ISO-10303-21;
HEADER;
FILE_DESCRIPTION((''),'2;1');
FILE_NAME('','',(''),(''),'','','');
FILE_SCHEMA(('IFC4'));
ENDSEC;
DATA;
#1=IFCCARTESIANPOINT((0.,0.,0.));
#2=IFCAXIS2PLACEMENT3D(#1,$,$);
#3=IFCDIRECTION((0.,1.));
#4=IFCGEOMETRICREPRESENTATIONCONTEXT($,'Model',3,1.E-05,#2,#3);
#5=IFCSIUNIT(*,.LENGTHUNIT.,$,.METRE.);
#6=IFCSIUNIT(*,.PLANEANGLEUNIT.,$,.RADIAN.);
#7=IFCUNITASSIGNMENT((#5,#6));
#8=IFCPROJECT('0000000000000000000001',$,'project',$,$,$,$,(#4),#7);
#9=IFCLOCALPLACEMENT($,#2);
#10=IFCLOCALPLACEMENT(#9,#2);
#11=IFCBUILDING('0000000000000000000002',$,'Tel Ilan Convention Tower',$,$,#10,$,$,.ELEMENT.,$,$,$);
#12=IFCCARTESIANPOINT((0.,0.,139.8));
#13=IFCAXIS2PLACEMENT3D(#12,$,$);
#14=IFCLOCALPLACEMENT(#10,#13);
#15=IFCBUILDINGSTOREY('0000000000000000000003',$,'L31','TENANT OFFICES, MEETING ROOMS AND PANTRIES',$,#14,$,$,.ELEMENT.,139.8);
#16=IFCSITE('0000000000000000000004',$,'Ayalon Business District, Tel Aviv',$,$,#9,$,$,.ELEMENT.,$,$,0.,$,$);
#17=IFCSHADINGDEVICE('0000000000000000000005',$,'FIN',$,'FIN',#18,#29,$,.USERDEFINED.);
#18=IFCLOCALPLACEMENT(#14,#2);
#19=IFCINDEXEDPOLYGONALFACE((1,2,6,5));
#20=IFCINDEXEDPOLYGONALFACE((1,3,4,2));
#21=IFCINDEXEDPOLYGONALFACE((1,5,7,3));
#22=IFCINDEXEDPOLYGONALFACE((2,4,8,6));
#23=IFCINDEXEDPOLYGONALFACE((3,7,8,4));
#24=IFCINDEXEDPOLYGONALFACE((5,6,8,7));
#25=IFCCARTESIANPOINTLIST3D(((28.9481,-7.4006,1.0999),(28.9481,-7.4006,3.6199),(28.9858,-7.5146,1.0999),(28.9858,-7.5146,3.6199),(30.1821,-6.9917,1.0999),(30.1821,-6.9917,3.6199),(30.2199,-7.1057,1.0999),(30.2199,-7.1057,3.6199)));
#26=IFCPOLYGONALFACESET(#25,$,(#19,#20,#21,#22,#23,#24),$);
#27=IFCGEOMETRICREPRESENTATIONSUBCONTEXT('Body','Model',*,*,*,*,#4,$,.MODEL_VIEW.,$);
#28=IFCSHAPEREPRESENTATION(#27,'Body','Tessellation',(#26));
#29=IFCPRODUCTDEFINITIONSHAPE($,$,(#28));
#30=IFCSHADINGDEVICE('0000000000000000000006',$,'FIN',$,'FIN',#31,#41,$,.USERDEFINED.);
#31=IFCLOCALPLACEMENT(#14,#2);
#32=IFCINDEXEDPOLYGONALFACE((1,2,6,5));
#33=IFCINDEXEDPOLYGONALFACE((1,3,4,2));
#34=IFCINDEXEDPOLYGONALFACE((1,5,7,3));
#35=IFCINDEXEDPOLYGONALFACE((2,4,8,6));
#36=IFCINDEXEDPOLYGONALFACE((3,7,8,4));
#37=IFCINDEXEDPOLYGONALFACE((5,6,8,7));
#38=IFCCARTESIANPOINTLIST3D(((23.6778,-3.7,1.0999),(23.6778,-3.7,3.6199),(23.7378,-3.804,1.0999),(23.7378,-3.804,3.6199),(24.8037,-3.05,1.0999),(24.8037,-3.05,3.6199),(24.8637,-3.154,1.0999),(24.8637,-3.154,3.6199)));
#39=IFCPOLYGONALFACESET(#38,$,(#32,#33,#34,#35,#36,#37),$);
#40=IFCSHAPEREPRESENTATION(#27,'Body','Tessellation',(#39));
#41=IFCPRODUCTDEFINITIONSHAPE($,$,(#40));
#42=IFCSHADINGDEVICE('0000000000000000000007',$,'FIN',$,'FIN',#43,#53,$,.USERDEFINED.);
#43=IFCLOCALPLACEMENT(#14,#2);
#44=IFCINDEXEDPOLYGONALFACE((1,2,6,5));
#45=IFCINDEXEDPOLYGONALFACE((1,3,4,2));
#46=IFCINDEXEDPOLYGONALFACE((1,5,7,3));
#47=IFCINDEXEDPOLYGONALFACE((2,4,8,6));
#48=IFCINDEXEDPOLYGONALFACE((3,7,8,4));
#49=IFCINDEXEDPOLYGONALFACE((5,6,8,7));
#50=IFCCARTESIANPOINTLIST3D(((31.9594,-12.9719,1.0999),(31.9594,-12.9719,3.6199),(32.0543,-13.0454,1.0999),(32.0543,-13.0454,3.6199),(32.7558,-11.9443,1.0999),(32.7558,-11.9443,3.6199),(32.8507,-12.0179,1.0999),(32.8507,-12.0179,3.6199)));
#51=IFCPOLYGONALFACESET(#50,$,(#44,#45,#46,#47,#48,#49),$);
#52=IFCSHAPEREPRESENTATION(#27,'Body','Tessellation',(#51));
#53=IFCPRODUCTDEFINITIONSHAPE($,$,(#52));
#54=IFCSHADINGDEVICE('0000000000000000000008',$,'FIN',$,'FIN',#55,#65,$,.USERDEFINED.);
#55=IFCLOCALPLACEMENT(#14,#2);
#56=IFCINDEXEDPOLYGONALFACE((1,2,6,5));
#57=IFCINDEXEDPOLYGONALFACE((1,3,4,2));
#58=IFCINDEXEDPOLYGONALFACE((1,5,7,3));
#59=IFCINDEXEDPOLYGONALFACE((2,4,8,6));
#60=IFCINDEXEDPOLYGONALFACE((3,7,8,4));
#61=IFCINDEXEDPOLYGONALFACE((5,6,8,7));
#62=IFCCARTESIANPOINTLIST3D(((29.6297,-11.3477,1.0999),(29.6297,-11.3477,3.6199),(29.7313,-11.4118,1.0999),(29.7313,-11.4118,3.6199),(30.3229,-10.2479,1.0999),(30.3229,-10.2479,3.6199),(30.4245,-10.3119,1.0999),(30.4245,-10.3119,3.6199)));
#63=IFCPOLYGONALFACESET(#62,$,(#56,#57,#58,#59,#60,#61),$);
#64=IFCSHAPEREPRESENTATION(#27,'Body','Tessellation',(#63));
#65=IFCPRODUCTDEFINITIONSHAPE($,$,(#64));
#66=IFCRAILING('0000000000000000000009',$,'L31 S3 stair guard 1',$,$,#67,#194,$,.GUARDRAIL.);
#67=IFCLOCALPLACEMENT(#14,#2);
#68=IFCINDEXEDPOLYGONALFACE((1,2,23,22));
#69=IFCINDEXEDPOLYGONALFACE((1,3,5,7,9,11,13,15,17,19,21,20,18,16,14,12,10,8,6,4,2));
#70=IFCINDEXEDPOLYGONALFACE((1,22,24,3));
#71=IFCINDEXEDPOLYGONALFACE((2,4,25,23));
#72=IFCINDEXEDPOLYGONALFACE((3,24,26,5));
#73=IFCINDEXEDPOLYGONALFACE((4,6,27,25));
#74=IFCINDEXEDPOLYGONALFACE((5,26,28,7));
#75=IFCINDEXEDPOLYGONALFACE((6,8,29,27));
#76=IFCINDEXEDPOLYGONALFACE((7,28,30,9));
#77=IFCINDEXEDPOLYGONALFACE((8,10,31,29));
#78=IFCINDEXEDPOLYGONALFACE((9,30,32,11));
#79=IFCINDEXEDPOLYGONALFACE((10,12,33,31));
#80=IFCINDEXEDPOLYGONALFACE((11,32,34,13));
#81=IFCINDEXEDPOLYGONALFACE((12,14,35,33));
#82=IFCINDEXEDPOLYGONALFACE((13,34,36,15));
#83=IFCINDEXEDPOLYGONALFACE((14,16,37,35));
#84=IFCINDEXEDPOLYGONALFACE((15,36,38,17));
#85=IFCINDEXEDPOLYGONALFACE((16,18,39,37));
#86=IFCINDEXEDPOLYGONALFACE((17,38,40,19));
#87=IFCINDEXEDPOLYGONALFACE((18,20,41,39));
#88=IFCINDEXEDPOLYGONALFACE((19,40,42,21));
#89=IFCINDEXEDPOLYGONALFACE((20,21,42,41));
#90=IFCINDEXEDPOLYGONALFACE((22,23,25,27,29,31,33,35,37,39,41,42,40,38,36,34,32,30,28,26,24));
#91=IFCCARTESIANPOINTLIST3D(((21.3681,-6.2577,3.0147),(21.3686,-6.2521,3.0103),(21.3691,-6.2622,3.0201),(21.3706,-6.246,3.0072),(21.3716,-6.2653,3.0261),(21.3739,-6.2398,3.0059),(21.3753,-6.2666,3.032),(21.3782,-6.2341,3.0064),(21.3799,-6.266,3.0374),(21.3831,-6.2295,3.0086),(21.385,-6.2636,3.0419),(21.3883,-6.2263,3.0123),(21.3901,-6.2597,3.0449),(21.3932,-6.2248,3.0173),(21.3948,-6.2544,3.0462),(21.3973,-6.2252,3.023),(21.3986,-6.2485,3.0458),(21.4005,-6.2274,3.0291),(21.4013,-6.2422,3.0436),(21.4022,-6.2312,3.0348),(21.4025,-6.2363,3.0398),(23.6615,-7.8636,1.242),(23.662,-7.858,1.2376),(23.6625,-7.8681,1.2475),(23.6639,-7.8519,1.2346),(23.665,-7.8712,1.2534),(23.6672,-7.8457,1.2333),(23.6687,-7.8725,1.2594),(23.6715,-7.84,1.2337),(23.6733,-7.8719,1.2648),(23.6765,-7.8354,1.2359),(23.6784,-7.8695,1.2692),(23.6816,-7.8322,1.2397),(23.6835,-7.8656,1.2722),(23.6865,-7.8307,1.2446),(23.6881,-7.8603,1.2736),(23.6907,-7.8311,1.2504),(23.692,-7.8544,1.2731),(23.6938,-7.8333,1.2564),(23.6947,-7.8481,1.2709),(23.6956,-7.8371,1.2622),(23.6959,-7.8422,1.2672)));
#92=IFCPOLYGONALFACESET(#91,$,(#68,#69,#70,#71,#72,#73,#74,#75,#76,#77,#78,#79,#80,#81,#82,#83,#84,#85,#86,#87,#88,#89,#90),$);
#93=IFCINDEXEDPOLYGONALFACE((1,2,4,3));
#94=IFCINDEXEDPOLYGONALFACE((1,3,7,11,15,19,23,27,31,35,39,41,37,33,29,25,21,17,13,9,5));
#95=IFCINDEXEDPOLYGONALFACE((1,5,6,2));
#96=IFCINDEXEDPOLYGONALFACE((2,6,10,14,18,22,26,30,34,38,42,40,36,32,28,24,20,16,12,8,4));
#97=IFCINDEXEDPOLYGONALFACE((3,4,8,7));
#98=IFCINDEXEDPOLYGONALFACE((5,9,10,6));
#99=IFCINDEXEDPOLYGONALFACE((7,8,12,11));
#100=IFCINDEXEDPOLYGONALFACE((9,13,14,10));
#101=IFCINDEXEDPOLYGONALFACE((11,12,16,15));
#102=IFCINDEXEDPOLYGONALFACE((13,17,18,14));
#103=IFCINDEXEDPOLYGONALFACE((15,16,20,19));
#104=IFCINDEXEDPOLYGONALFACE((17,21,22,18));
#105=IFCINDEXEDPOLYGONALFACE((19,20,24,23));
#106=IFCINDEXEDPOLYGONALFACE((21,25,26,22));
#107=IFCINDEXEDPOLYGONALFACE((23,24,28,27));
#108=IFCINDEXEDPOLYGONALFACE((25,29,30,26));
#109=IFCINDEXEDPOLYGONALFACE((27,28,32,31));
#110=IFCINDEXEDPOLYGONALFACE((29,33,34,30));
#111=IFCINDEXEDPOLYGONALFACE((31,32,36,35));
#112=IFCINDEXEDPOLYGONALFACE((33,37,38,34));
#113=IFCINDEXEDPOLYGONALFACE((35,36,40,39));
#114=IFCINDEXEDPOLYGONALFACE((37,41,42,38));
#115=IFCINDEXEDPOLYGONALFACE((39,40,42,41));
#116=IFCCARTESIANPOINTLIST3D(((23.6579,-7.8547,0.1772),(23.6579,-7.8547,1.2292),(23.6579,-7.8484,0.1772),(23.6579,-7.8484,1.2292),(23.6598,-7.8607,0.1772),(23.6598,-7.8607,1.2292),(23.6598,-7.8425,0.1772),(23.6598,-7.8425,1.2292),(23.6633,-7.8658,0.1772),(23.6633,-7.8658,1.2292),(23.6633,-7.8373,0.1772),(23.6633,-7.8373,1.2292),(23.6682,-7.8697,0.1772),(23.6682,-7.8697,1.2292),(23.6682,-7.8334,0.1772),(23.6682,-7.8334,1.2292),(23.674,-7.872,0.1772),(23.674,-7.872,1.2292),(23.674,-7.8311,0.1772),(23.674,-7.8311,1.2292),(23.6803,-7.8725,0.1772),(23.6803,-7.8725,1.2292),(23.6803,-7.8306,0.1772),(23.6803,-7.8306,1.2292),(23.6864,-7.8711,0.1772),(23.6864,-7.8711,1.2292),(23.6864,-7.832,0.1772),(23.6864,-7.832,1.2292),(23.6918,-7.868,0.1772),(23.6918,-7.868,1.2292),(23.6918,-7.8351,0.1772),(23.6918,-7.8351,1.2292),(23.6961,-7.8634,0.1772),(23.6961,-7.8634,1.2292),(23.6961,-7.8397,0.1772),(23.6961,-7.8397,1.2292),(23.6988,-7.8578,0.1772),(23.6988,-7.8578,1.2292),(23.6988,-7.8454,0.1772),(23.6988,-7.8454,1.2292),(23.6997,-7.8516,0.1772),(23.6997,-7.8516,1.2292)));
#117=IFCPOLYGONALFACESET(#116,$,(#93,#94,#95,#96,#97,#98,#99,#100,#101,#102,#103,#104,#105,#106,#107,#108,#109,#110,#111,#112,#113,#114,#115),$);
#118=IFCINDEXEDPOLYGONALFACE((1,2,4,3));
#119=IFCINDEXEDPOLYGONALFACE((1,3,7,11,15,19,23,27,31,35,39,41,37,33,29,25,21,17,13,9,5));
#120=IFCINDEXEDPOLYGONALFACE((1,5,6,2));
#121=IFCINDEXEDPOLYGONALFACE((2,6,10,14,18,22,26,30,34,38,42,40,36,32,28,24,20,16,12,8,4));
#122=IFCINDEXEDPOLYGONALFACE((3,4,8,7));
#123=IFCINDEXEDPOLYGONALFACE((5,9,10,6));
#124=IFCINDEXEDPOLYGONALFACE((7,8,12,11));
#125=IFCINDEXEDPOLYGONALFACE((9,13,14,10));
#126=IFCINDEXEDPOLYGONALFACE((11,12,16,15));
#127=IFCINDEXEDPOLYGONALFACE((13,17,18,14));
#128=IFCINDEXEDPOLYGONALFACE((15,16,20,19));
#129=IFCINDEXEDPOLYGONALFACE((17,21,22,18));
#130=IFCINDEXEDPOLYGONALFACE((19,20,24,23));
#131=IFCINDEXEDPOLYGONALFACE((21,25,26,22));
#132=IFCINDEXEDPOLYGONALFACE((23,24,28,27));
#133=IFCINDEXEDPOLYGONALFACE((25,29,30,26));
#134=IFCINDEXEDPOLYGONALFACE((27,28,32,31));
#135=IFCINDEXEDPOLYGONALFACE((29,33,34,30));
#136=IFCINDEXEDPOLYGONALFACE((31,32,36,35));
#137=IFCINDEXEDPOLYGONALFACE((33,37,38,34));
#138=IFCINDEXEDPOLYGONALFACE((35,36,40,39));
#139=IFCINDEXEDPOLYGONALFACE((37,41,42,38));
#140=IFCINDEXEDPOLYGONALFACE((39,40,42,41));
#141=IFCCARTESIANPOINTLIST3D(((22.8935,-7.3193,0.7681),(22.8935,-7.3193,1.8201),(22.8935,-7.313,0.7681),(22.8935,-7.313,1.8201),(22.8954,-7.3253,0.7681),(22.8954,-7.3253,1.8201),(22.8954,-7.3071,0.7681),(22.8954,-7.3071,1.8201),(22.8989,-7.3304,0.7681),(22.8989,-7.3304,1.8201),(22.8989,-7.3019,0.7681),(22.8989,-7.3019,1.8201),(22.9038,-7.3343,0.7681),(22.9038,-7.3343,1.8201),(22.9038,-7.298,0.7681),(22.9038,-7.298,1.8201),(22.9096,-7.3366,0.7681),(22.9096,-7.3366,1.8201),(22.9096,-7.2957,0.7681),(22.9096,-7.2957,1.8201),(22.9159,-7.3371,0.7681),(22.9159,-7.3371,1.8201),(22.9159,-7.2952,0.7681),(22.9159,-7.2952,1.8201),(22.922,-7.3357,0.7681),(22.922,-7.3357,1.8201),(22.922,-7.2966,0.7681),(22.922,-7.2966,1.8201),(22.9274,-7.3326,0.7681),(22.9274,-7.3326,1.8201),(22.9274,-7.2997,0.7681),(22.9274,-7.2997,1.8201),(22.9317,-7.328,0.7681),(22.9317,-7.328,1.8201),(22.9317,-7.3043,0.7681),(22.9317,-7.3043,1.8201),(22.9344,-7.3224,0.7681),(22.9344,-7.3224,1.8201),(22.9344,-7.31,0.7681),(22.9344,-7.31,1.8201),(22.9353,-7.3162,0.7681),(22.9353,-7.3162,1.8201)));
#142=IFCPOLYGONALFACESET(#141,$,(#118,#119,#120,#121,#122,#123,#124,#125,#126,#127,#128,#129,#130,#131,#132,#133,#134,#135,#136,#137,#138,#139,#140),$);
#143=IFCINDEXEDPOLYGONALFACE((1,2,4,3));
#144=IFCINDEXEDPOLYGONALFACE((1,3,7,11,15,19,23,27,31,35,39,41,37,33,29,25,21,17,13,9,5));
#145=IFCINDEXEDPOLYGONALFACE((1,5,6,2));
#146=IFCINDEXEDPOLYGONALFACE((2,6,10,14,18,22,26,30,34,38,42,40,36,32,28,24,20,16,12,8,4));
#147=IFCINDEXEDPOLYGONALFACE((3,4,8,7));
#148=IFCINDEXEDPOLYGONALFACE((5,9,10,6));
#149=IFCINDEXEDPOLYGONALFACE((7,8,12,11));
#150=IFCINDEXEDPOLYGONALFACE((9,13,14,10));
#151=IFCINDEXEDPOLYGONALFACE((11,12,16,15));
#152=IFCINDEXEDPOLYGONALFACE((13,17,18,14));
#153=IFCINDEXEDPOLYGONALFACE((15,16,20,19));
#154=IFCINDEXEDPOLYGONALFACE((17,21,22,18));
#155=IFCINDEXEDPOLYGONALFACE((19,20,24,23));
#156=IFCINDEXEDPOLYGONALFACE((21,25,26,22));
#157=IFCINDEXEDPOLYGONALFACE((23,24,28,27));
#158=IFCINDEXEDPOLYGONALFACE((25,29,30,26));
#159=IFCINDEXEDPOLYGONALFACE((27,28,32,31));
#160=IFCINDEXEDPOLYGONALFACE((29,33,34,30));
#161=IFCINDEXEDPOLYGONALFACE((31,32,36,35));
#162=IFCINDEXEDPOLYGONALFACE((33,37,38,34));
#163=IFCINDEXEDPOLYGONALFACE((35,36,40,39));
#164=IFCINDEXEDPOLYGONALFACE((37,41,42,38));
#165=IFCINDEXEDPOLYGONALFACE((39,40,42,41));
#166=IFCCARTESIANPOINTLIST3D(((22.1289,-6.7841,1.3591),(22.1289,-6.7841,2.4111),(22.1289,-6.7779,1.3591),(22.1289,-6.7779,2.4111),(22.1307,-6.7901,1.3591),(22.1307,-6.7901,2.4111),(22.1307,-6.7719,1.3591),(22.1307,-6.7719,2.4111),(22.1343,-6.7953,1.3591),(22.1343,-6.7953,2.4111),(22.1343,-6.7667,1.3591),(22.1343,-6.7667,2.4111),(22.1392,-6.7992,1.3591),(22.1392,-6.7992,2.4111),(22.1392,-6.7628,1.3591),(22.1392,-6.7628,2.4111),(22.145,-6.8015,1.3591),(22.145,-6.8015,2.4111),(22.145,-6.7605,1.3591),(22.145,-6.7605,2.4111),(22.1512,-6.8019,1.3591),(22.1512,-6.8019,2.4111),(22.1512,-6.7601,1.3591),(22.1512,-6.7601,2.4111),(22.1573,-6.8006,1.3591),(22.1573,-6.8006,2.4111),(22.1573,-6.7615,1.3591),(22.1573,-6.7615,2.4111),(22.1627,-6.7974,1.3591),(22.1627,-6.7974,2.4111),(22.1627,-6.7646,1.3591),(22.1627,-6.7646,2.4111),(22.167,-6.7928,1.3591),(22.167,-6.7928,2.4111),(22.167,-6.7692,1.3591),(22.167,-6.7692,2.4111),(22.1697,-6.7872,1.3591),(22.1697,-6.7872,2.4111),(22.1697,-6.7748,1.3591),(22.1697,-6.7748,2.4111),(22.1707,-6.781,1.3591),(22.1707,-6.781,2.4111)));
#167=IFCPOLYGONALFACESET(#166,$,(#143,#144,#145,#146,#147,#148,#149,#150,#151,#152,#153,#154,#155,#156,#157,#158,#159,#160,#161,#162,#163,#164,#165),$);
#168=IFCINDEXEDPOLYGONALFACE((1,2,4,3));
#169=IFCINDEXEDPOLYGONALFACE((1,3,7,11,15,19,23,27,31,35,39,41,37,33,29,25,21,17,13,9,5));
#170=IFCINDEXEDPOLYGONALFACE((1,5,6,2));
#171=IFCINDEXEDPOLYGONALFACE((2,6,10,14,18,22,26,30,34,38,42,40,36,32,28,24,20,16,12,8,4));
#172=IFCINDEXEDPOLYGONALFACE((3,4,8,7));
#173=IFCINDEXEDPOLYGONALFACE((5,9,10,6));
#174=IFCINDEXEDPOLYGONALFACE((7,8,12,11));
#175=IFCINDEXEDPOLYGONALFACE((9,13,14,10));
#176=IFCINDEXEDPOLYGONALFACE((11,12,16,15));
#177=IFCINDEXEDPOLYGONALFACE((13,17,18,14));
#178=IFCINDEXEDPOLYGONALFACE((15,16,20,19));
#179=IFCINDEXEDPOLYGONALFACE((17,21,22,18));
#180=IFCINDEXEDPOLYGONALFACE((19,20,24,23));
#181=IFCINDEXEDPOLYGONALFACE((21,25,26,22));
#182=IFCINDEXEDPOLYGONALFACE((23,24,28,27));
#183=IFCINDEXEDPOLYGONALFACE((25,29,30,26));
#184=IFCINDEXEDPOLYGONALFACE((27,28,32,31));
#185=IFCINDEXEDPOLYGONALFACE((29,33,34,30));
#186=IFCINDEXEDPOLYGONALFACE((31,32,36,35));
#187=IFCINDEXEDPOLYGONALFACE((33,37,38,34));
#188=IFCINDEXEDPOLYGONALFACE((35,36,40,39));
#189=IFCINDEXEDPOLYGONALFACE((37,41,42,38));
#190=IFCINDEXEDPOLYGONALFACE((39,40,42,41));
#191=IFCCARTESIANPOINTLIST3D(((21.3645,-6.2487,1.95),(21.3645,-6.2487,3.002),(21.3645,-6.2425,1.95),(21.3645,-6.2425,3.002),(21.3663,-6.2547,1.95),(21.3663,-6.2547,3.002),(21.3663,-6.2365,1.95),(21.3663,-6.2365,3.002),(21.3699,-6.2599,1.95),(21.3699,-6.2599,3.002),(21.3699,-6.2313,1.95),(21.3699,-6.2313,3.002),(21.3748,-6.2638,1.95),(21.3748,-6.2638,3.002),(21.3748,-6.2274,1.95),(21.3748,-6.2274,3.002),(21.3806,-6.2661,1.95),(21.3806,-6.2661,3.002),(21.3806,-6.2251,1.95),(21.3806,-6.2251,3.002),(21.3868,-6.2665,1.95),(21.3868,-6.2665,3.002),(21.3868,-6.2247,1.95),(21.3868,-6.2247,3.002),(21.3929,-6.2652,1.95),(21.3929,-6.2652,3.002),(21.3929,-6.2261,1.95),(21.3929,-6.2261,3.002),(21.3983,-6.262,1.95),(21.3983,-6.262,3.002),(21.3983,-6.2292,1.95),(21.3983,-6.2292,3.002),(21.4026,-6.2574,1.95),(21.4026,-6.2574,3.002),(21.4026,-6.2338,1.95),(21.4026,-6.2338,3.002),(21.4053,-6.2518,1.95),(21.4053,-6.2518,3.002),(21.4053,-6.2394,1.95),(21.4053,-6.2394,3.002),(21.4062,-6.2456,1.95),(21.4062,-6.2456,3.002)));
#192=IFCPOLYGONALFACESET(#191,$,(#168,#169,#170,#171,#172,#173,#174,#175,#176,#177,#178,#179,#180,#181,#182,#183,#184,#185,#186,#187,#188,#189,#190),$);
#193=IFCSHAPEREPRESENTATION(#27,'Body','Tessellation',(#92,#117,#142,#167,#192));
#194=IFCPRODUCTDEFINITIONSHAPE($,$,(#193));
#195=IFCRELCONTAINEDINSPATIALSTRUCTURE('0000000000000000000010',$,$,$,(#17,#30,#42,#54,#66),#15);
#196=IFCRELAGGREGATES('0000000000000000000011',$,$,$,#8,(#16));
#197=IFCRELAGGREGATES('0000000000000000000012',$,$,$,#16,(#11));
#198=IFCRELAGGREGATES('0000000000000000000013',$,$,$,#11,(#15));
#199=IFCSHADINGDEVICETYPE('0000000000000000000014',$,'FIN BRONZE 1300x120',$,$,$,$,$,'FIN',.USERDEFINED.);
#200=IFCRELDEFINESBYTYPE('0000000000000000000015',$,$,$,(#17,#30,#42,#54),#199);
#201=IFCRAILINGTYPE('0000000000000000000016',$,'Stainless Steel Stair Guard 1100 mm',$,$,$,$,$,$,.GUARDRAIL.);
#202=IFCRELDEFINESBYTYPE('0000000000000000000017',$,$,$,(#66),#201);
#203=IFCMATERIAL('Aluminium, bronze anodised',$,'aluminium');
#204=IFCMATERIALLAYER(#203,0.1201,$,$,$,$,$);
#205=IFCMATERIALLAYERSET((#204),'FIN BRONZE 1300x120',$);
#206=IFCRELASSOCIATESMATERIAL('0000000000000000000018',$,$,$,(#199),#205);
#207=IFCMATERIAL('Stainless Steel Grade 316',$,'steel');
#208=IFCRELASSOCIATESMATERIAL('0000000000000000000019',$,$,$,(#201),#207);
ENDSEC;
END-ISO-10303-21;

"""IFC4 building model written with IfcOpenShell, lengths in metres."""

from ifc_helpers import new_model, si_unit, direction, frame, origin, origin_2d, place, context, subcontext, project, spatial, rectangle, circle, extrude, material, layer, layer_set, type_object, element, save


model = new_model("IFC4")

# Units and contexts
model_context = context("Model", 3, precision=1e-05, world=origin(), true_north=direction((0.0, 1.0)))
body_context = subcontext(model_context, "Body", "Model", "MODEL_VIEW")
ifc_project = project(units=[si_unit("LENGTHUNIT", "METRE"), si_unit("PLANEANGLEUNIT", "RADIAN")], contexts=[model_context])

# Site, building, storey
site_placement = place(None, origin())
site = spatial("IfcSite", under=ifc_project, at=site_placement, Name="Ayalon Business District, Tel Aviv", CompositionType="ELEMENT", RefElevation=0.0)
building_placement = place(site_placement, origin())
building = spatial("IfcBuilding", under=site, at=building_placement, Name="Tel Ilan Convention Tower", CompositionType="ELEMENT")
storey_placement = place(building_placement, frame((0.0, 0.0, 139.8)))
storey = spatial("IfcBuildingStorey", under=building, at=storey_placement, Name="L31", Description="TENANT OFFICES, MEETING ROOMS AND PANTRIES", CompositionType="ELEMENT", Elevation=139.8)

# Shading devices
ifc_material_1 = material(Name="Aluminium, bronze anodised", Category="aluminium")
ifc_layer_1 = layer(ifc_material_1, 0.1201)
ifc_layer_set_1 = layer_set([ifc_layer_1], Name="FIN BRONZE 1300x120")
shading_device_type = type_object("IfcShadingDeviceType", Name="FIN BRONZE 1300x120", ElementType="FIN", PredefinedType="USERDEFINED", material=ifc_layer_set_1)
for number, where, z_axis, x_axis, name in (
    (1, (29.584, -7.2532, 1.0999), (0.0, 0.0, 1.0), (0.949243, 0.314545, 0.0), "FIN"),
    (2, (24.2708, -3.427, 1.0999), (0.0, 0.0, 1.0), (0.866025, 0.5, 0.0), "FIN"),
    (3, (32.405, -12.4949, 1.0999), (0.0, 0.0, 1.0), (0.612601, 0.790393, 0.0), "FIN"),
    (4, (30.0271, -10.8298, 1.0999), (0.0, 0.0, 1.0), (0.533204, 0.845986, 0.0), "FIN"),
):
    element("IfcShadingDevice", number, at=place(storey_placement, frame(where, z_axis=z_axis, x_axis=x_axis)), inside=storey, type_object=shading_device_type, Name=name, ObjectType="FIN", PredefinedType="USERDEFINED", context=body_context, shape_type="SweptSolid", body=[
        extrude(rectangle(XDim=1.3, YDim=0.1201, at=origin_2d()), origin(), (0.0, 0.0, 1.0), 2.52),
    ])

# Railing
ifc_material_2 = material(Name="Stainless Steel Grade 316", Category="steel")
railing_type_1 = type_object("IfcRailingType", Name="Stainless Steel Stair Guard 1100 mm", PredefinedType="GUARDRAIL", material=ifc_material_2)
railing_1_placement = place(storey_placement, frame((23.6787, -7.8516, 0.1772)))
element("IfcRailing", 5, at=railing_1_placement, inside=storey, type_object=railing_type_1, Name="L31 S3 stair guard 1", PredefinedType="GUARDRAIL", context=body_context, shape_type="SweptSolid", body=[
    extrude(circle(Radius=0.0239, at=origin_2d()), frame((0.0, 0.0, 1.0762), z_axis=(-0.692085, 0.484621, 0.53494), x_axis=(-0.573591, -0.819142, 0.0)), (0.0, 0.0, 1.0), 3.3137),
    extrude(circle(Radius=0.021, at=origin_2d()), origin(), (0.0, 0.0, 1.0), 1.052),
    extrude(circle(Radius=0.021, at=origin_2d()), frame((-0.7644, 0.5354, 0.5908)), (0.0, 0.0, 1.0), 1.052),
    extrude(circle(Radius=0.021, at=origin_2d()), frame((-1.5291, 1.0706, 1.1819)), (0.0, 0.0, 1.0), 1.052),
    extrude(circle(Radius=0.021, at=origin_2d()), frame((-2.2935, 1.606, 1.7727)), (0.0, 0.0, 1.0), 1.052),
])

save(model, "model.ifc")
